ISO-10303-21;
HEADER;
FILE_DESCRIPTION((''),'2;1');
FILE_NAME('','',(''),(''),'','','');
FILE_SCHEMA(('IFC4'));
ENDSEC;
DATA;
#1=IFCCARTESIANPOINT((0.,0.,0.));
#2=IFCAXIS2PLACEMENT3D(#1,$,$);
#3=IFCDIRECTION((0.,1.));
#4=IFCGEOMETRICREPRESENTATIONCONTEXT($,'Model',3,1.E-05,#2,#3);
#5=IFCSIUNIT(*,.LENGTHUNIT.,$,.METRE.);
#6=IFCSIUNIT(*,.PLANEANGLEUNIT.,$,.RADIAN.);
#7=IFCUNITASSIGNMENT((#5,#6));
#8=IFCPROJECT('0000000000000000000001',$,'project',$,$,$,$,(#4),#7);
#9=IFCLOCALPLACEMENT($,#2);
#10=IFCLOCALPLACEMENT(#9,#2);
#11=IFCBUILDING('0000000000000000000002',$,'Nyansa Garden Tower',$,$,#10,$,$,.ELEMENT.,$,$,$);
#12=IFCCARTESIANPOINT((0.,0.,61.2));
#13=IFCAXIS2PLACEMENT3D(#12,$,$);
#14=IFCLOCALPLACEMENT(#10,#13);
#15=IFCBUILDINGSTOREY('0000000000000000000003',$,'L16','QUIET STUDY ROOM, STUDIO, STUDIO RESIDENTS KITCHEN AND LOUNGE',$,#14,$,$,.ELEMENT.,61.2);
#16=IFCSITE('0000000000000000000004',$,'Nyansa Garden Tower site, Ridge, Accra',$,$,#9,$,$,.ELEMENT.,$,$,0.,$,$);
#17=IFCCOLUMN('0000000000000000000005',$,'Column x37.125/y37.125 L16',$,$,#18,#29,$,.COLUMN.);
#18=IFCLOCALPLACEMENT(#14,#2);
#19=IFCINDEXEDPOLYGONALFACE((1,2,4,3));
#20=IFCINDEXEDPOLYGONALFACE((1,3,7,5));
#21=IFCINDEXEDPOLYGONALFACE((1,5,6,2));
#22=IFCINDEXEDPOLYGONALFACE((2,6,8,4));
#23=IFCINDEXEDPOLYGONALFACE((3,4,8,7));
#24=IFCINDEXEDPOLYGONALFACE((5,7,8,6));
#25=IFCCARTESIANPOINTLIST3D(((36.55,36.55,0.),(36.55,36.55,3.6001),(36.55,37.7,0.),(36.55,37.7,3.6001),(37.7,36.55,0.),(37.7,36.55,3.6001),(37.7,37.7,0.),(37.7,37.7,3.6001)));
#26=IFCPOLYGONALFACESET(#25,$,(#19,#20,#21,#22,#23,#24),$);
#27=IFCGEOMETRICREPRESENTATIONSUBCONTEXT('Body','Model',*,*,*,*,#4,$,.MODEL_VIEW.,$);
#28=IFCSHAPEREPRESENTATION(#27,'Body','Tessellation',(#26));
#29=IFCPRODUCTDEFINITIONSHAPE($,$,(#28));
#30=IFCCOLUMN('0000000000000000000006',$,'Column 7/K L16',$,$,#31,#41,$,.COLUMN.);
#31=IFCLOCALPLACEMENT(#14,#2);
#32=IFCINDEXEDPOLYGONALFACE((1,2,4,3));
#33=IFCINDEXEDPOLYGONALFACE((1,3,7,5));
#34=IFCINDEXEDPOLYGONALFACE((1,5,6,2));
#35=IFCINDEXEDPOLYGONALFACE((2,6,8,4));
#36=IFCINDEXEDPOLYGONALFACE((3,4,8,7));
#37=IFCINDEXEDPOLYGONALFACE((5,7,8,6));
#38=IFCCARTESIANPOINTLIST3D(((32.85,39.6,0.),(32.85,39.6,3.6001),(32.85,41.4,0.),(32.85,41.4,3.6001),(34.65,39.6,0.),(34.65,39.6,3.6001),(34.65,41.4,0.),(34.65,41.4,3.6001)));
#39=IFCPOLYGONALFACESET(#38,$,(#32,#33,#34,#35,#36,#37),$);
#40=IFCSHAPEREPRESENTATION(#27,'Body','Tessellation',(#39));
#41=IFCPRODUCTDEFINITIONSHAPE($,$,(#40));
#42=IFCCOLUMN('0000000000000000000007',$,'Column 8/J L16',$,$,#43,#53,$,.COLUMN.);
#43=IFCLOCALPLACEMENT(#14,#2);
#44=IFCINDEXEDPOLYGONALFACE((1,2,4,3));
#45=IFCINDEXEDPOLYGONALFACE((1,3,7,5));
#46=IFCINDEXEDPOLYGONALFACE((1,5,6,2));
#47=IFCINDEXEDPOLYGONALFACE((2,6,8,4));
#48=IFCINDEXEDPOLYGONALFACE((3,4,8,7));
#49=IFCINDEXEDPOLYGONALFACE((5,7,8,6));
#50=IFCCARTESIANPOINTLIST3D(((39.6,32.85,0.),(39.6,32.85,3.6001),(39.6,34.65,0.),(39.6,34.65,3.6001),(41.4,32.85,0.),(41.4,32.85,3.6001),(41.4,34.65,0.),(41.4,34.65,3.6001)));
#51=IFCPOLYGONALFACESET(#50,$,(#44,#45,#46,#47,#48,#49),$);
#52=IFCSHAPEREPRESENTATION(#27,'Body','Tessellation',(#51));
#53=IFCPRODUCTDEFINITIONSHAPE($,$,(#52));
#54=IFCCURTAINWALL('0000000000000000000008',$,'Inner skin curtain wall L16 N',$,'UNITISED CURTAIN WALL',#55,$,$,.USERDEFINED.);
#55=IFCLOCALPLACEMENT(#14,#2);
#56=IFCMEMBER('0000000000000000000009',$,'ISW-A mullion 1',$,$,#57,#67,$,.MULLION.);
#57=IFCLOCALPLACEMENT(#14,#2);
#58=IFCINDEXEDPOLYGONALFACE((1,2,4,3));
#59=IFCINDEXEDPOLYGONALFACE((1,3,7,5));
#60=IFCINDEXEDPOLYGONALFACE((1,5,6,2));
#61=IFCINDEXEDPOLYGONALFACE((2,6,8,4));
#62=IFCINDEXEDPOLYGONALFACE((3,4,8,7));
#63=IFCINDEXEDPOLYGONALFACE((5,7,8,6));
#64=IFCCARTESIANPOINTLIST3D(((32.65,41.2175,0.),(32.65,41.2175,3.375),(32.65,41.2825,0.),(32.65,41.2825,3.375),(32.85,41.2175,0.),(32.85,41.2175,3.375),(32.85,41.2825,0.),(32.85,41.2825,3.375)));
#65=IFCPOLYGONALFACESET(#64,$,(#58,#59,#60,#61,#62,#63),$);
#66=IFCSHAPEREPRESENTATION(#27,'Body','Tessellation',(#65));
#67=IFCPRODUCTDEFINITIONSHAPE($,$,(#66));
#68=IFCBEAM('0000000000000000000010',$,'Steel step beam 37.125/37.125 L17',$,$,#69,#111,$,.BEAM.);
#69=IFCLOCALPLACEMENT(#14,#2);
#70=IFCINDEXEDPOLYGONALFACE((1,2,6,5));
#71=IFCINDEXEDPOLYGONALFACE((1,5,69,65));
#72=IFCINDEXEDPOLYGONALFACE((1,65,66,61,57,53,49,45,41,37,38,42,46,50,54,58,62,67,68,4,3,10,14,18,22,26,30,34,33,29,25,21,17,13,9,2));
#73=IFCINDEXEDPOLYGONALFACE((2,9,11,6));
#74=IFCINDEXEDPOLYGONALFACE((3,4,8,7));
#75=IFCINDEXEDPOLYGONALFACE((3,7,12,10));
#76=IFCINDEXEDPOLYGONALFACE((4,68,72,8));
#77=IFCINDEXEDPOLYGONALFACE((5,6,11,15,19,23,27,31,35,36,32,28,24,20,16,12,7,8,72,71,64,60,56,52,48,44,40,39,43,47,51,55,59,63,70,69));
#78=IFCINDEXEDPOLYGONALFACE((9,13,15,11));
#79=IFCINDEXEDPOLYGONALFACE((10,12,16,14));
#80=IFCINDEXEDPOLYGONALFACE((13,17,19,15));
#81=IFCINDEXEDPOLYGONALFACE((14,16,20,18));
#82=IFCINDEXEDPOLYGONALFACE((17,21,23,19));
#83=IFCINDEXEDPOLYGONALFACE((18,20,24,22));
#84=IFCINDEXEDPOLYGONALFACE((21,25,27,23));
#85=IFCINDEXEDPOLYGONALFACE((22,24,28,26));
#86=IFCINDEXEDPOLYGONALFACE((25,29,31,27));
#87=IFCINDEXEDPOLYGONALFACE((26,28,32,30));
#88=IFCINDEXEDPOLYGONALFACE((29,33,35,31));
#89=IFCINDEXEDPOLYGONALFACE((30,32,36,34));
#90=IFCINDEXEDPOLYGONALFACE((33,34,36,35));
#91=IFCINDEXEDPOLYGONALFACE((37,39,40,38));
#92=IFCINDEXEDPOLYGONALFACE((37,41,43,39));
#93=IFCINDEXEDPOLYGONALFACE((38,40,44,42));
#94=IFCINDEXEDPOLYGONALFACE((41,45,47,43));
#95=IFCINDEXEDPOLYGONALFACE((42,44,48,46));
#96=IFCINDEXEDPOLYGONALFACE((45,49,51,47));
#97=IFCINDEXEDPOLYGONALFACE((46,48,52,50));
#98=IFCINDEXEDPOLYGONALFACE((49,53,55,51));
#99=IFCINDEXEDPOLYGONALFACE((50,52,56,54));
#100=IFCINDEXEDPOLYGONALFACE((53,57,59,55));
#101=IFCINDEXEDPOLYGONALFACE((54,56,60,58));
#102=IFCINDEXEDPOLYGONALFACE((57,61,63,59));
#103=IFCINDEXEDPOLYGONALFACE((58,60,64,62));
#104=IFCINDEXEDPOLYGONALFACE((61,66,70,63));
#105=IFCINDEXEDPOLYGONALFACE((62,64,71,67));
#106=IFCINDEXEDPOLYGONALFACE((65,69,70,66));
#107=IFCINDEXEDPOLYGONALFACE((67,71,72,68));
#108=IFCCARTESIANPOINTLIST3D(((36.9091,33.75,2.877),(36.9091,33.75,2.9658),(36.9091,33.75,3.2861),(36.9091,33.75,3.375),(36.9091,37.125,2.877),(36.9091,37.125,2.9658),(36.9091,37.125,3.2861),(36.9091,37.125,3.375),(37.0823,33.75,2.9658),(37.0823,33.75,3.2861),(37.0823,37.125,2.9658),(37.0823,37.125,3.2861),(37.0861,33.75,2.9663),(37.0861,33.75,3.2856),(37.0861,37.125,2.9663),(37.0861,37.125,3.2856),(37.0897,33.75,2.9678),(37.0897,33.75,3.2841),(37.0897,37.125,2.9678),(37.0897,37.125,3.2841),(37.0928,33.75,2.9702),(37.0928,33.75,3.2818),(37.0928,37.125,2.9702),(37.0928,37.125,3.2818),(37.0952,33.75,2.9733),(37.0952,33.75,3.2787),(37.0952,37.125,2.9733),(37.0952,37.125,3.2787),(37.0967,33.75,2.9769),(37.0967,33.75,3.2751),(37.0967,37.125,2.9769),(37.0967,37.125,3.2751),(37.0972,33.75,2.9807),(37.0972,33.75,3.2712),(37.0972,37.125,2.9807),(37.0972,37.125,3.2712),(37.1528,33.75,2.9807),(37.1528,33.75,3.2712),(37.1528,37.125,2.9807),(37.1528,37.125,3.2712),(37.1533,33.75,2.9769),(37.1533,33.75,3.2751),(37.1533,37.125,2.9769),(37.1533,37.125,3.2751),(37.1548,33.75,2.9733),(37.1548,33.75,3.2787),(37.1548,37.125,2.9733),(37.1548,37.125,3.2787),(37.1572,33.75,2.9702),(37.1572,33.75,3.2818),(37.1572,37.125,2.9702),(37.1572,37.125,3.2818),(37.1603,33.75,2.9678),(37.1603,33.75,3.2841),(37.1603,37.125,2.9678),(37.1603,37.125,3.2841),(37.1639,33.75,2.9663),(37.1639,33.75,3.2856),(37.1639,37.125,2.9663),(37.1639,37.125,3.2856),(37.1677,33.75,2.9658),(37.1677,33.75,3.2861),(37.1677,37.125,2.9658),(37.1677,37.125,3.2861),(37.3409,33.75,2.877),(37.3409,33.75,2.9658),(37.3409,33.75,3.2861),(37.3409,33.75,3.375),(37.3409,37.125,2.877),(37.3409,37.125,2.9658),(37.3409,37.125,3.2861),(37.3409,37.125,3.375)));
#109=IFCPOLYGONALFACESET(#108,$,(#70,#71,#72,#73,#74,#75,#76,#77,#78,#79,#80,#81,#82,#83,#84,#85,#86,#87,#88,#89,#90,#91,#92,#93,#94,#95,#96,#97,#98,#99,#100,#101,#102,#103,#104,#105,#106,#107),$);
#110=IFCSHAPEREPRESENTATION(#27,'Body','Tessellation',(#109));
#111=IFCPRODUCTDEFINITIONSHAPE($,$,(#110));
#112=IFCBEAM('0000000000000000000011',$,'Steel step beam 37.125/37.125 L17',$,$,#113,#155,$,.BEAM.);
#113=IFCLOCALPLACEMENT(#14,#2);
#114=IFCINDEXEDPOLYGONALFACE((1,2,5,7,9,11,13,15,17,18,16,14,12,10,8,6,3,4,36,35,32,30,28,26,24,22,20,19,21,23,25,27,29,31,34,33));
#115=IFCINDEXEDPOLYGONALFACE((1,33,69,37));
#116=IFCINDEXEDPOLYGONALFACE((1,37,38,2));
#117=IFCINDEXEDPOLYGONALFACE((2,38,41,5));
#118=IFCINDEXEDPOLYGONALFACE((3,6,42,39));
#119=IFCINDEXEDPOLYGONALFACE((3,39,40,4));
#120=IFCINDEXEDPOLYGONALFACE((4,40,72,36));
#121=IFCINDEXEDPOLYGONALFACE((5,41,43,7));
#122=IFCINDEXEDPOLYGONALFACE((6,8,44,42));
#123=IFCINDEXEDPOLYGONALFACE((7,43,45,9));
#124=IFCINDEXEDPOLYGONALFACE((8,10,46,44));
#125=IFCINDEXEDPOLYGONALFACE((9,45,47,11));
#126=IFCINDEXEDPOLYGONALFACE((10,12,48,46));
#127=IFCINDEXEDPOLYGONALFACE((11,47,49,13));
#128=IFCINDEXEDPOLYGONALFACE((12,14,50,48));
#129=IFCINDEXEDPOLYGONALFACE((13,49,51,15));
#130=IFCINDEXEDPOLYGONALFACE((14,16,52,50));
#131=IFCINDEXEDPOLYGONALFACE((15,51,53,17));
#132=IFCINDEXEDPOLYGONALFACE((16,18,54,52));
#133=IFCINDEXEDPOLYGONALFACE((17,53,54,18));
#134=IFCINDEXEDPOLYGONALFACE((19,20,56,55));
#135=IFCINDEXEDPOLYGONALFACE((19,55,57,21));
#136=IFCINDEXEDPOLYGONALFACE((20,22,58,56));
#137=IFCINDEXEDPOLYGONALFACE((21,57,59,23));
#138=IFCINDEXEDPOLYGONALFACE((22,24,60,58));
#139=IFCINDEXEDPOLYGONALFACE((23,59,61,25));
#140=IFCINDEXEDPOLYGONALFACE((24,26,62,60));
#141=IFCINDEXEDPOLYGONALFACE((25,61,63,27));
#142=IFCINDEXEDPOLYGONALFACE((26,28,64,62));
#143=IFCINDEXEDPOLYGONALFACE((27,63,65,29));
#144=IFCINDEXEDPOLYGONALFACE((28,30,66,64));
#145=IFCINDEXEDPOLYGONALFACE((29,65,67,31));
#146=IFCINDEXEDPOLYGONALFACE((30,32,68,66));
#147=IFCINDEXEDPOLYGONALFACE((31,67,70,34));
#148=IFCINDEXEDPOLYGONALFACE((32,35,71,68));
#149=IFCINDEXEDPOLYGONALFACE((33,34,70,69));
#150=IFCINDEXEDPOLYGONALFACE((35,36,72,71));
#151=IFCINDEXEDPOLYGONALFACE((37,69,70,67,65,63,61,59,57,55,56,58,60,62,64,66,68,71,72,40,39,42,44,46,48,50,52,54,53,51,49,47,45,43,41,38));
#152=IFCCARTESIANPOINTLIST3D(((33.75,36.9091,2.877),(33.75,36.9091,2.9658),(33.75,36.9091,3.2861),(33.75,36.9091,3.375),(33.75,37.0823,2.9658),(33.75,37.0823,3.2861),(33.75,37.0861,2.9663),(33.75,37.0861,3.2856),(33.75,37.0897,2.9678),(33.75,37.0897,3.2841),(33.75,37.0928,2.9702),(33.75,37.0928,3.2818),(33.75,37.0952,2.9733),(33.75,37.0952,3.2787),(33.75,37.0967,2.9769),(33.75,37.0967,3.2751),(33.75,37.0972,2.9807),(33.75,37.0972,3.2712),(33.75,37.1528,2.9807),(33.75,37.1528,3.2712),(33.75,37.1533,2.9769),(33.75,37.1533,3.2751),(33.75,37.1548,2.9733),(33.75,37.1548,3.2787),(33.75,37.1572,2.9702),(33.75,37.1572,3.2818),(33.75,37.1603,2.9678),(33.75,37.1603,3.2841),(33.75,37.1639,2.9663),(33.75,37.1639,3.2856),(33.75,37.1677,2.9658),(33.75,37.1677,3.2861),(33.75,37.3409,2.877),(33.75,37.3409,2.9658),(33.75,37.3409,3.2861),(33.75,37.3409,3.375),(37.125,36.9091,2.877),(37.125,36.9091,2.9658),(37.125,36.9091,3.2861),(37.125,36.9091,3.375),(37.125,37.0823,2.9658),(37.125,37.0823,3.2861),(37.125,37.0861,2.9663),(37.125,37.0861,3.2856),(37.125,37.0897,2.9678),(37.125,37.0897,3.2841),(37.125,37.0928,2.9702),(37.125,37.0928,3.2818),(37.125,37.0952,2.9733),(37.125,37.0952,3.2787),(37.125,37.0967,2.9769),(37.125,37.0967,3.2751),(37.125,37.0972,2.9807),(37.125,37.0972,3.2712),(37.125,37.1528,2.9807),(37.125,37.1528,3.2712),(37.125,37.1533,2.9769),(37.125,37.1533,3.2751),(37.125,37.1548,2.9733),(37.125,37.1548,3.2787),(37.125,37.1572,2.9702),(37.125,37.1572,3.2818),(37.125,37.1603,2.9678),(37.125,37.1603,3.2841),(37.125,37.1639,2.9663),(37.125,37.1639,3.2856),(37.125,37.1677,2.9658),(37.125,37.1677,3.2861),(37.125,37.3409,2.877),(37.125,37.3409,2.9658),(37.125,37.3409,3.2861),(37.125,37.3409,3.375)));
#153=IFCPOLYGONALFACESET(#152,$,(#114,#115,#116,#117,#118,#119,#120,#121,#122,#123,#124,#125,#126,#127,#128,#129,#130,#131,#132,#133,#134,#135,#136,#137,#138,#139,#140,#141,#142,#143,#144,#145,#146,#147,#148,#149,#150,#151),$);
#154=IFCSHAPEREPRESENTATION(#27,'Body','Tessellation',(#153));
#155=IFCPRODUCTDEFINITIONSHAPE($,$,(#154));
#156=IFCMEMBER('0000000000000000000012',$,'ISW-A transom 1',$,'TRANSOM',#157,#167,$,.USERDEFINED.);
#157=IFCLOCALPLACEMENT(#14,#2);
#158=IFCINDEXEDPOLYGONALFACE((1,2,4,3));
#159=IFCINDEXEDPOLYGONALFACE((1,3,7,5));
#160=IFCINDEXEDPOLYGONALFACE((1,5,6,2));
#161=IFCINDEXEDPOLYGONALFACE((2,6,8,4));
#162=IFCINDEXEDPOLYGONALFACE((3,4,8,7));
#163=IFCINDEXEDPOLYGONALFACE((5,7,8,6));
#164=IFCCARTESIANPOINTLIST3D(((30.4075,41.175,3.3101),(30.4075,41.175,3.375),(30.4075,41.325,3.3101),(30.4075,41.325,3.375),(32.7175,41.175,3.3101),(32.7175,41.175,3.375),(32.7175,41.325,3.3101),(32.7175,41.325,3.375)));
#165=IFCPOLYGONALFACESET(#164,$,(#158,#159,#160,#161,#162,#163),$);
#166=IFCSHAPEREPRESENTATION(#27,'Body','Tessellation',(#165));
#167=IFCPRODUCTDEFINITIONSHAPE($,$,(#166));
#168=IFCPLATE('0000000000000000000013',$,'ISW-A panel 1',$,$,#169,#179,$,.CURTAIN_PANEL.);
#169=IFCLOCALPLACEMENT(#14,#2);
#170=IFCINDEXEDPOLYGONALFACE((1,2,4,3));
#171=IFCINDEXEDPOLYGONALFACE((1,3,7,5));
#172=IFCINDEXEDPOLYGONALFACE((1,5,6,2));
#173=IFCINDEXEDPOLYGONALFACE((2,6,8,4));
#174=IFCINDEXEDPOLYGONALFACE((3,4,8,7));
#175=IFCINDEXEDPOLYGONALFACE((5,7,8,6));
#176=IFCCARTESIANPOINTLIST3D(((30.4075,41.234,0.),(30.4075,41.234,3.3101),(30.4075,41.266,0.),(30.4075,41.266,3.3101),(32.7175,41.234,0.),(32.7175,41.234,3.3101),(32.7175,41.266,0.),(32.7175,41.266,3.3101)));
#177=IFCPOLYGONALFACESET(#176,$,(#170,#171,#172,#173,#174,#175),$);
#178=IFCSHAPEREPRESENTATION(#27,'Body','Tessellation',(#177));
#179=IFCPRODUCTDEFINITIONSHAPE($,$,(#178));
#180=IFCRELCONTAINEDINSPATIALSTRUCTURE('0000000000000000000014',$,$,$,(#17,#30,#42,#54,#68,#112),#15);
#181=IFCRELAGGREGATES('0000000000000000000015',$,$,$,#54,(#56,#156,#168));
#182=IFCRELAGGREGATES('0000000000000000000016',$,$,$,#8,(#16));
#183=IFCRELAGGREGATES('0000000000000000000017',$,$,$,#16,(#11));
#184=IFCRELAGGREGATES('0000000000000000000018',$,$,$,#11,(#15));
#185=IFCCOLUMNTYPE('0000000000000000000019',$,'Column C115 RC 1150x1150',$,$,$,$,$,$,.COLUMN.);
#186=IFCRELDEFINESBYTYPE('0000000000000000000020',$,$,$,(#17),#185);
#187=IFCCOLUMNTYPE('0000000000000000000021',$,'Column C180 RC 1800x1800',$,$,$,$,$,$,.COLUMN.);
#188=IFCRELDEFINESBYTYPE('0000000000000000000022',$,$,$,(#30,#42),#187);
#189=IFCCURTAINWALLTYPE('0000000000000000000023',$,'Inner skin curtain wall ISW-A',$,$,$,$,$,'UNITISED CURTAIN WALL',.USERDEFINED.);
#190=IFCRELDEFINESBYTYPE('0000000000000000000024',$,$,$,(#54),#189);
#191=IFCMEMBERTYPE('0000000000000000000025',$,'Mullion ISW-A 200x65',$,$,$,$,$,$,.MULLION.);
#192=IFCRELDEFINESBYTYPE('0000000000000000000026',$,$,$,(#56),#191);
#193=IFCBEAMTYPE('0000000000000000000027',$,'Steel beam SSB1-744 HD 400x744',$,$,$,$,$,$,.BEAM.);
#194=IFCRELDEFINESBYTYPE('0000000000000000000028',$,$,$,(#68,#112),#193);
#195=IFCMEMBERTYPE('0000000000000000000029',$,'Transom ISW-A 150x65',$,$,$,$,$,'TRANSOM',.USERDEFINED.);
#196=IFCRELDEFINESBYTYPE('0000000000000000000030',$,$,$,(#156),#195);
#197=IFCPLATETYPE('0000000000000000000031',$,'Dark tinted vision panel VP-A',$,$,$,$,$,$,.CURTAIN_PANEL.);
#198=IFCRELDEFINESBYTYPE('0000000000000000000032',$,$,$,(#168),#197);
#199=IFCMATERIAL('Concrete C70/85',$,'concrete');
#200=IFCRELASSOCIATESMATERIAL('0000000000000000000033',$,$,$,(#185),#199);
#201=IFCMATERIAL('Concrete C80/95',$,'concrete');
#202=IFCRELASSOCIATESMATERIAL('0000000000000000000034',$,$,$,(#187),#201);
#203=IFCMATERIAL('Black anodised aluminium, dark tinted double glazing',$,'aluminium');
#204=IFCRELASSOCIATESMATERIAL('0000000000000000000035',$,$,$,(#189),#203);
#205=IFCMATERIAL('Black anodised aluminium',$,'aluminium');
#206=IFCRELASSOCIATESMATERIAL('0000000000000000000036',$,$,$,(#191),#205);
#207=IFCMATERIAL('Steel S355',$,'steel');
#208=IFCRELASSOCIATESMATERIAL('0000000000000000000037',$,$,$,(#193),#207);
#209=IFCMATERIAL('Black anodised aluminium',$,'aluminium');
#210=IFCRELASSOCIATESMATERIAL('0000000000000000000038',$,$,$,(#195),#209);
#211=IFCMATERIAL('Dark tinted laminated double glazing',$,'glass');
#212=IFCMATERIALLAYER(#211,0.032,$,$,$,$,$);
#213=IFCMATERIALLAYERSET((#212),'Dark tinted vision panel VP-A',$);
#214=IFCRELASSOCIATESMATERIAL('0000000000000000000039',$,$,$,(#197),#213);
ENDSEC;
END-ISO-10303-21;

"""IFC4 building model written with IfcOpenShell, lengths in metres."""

from ifc_helpers import new_model, si_unit, direction, frame, origin, origin_2d, place, context, subcontext, project, spatial, rectangle, i_section, extrude, material, layer, layer_set, material_profile, profile_set, type_object, element, aggregate, save


model = new_model("IFC4")

# Units and contexts
model_context = context("Model", 3, precision=1e-05, world=origin(), true_north=direction((0.0, 1.0)))
body_context = subcontext(model_context, "Body", "Model", "MODEL_VIEW")
ifc_project = project(units=[si_unit("LENGTHUNIT", "METRE"), si_unit("PLANEANGLEUNIT", "RADIAN")], contexts=[model_context])

# Site, building, storey
site_placement = place(None, origin())
site = spatial("IfcSite", under=ifc_project, at=site_placement, Name="Nyansa Garden Tower site, Ridge, Accra", CompositionType="ELEMENT", RefElevation=0.0)
building_placement = place(site_placement, origin())
building = spatial("IfcBuilding", under=site, at=building_placement, Name="Nyansa Garden Tower", CompositionType="ELEMENT")
storey_placement = place(building_placement, frame((0.0, 0.0, 61.2)))
storey = spatial("IfcBuildingStorey", under=building, at=storey_placement, Name="L16", Description="QUIET STUDY ROOM, STUDIO, STUDIO RESIDENTS KITCHEN AND LOUNGE", CompositionType="ELEMENT", Elevation=61.2)

# Columns
ifc_material_1 = material(Name="Concrete C70/85", Category="concrete")
ifc_material_profile_1 = material_profile(ifc_material_1, rectangle(XDim=1.1499, YDim=1.1499, at=origin_2d()), Name="RC 1150x1150")
ifc_profile_set_1 = profile_set([ifc_material_profile_1], Name="Concrete C70/85")
column_type_1 = type_object("IfcColumnType", Name="Column C115 RC 1150x1150", PredefinedType="COLUMN", material=ifc_profile_set_1)
column_placement = place(storey_placement, frame((37.125, 37.125, 0.0), z_axis=(0.0, 0.0, 1.0), x_axis=(1.0, 0.0, 0.0)))
element("IfcColumn", 1, at=column_placement, inside=storey, type_object=column_type_1, Name="Column x37.125/y37.125 L16", PredefinedType="COLUMN", context=body_context, shape_type="SweptSolid", body=[
    extrude(rectangle(XDim=1.1499, YDim=1.1499, at=origin_2d()), origin(), (0.0, 0.0, 1.0), 3.6001),
])
ifc_material_2 = material(Name="Concrete C80/95", Category="concrete")
ifc_material_profile_2 = material_profile(ifc_material_2, rectangle(XDim=1.8, YDim=1.8, at=origin_2d()), Name="RC 1800x1800")
ifc_profile_set_2 = profile_set([ifc_material_profile_2], Name="Concrete C80/95")
column_type_2 = type_object("IfcColumnType", Name="Column C180 RC 1800x1800", PredefinedType="COLUMN", material=ifc_profile_set_2)
for number, where, z_axis, x_axis, name in (
    (2, (33.75, 40.5, 0.0), (0.0, 0.0, 1.0), (1.0, 0.0, 0.0), "Column 7/K L16"),
    (3, (40.5, 33.75, 0.0), (0.0, 0.0, 1.0), (1.0, 0.0, 0.0), "Column 8/J L16"),
):
    element("IfcColumn", number, at=place(storey_placement, frame(where, z_axis=z_axis, x_axis=x_axis)), inside=storey, type_object=column_type_2, Name=name, PredefinedType="COLUMN", context=body_context, shape_type="SweptSolid", body=[
        extrude(rectangle(XDim=1.8, YDim=1.8, at=origin_2d()), origin(), (0.0, 0.0, 1.0), 3.6001),
    ])

# Curtain wall, member
ifc_material_3 = material(Name="Black anodised aluminium, dark tinted double glazing", Category="aluminium")
curtain_wall_type = type_object("IfcCurtainWallType", Name="Inner skin curtain wall ISW-A", ElementType="UNITISED CURTAIN WALL", PredefinedType="USERDEFINED", material=ifc_material_3)
curtain_wall_placement = place(storey_placement, origin())
curtain_wall = element("IfcCurtainWall", 4, at=curtain_wall_placement, inside=storey, type_object=curtain_wall_type, Name="Inner skin curtain wall L16 N", ObjectType="UNITISED CURTAIN WALL", PredefinedType="USERDEFINED")
ifc_material_4 = material(Name="Black anodised aluminium", Category="aluminium")
ifc_material_profile_3 = material_profile(ifc_material_4, rectangle(XDim=0.0649, YDim=0.2, at=origin_2d()), Name="Mullion 200x65")
ifc_profile_set_3 = profile_set([ifc_material_profile_3], Name="Black anodised aluminium")
member_type_1 = type_object("IfcMemberType", Name="Mullion ISW-A 200x65", PredefinedType="MULLION", material=ifc_profile_set_3)
member_1_placement = place(storey_placement, frame((32.75, 41.25, 0.0), z_axis=(0.0, 0.0, 1.0), x_axis=(0.0, -1.0, 0.0)))
member_1 = element("IfcMember", 5, at=member_1_placement, type_object=member_type_1, Name="ISW-A mullion 1", PredefinedType="MULLION", context=body_context, shape_type="SweptSolid", body=[
    extrude(rectangle(XDim=0.0649, YDim=0.2, at=origin_2d()), origin(), (0.0, 0.0, 1.0), 3.375),
])

# Beams
ifc_material_5 = material(Name="Steel S355", Category="steel")
ifc_material_profile_4 = material_profile(ifc_material_5, i_section(OverallWidth=0.4319, OverallDepth=0.498, WebThickness=0.0557, FlangeThickness=0.0889, FilletRadius=0.0149, at=origin_2d()), Name="HD 400x744")
ifc_profile_set_4 = profile_set([ifc_material_profile_4], Name="Steel S355")
beam_type = type_object("IfcBeamType", Name="Steel beam SSB1-744 HD 400x744", PredefinedType="BEAM", material=ifc_profile_set_4)
for number, where, z_axis, x_axis, name in (
    (6, (37.125, 37.125, 3.126), (0.0, -1.0, 0.0), (1.0, 0.0, 0.0), "Steel step beam 37.125/37.125 L17"),
    (7, (37.125, 37.125, 3.126), (-1.0, 0.0, 0.0), (0.0, -1.0, 0.0), "Steel step beam 37.125/37.125 L17"),
):
    element("IfcBeam", number, at=place(storey_placement, frame(where, z_axis=z_axis, x_axis=x_axis)), inside=storey, type_object=beam_type, Name=name, PredefinedType="BEAM", context=body_context, shape_type="SweptSolid", body=[
        extrude(i_section(OverallWidth=0.4319, OverallDepth=0.498, WebThickness=0.0557, FlangeThickness=0.0889, FilletRadius=0.0149, at=origin_2d()), origin(), (0.0, 0.0, 1.0), 3.375),
    ])

# Member
ifc_material_6 = material(Name="Black anodised aluminium", Category="aluminium")
ifc_material_profile_5 = material_profile(ifc_material_6, rectangle(XDim=0.1499, YDim=0.0649, at=origin_2d()), Name="Transom 150x65")
ifc_profile_set_5 = profile_set([ifc_material_profile_5], Name="Black anodised aluminium")
member_type_2 = type_object("IfcMemberType", Name="Transom ISW-A 150x65", ElementType="TRANSOM", PredefinedType="USERDEFINED", material=ifc_profile_set_5)
member_2_placement = place(storey_placement, frame((32.7175, 41.25, 3.3425), z_axis=(-1.0, 0.0, 0.0), x_axis=(0.0, -1.0, 0.0)))
member_2 = element("IfcMember", 8, at=member_2_placement, type_object=member_type_2, Name="ISW-A transom 1", ObjectType="TRANSOM", PredefinedType="USERDEFINED", context=body_context, shape_type="SweptSolid", body=[
    extrude(rectangle(XDim=0.1499, YDim=0.0649, at=origin_2d()), origin(), (0.0, 0.0, 1.0), 2.3101),
])

# Plate
ifc_material_7 = material(Name="Dark tinted laminated double glazing", Category="glass")
ifc_layer_1 = layer(ifc_material_7, 0.032)
ifc_layer_set_1 = layer_set([ifc_layer_1], Name="Dark tinted vision panel VP-A")
plate_type = type_object("IfcPlateType", Name="Dark tinted vision panel VP-A", PredefinedType="CURTAIN_PANEL", material=ifc_layer_set_1)
plate_placement = place(storey_placement, frame((31.5625, 41.25, 0.0), z_axis=(0.0, 0.0, 1.0), x_axis=(-1.0, 0.0, 0.0)))
plate = element("IfcPlate", 9, at=plate_placement, type_object=plate_type, Name="ISW-A panel 1", PredefinedType="CURTAIN_PANEL", context=body_context, shape_type="SweptSolid", body=[
    extrude(rectangle(XDim=2.3101, YDim=0.032, at=origin_2d()), origin(), (0.0, 0.0, 1.0), 3.3101),
])
aggregate(curtain_wall, [member_1, member_2, plate])

save(model, "model.ifc")
